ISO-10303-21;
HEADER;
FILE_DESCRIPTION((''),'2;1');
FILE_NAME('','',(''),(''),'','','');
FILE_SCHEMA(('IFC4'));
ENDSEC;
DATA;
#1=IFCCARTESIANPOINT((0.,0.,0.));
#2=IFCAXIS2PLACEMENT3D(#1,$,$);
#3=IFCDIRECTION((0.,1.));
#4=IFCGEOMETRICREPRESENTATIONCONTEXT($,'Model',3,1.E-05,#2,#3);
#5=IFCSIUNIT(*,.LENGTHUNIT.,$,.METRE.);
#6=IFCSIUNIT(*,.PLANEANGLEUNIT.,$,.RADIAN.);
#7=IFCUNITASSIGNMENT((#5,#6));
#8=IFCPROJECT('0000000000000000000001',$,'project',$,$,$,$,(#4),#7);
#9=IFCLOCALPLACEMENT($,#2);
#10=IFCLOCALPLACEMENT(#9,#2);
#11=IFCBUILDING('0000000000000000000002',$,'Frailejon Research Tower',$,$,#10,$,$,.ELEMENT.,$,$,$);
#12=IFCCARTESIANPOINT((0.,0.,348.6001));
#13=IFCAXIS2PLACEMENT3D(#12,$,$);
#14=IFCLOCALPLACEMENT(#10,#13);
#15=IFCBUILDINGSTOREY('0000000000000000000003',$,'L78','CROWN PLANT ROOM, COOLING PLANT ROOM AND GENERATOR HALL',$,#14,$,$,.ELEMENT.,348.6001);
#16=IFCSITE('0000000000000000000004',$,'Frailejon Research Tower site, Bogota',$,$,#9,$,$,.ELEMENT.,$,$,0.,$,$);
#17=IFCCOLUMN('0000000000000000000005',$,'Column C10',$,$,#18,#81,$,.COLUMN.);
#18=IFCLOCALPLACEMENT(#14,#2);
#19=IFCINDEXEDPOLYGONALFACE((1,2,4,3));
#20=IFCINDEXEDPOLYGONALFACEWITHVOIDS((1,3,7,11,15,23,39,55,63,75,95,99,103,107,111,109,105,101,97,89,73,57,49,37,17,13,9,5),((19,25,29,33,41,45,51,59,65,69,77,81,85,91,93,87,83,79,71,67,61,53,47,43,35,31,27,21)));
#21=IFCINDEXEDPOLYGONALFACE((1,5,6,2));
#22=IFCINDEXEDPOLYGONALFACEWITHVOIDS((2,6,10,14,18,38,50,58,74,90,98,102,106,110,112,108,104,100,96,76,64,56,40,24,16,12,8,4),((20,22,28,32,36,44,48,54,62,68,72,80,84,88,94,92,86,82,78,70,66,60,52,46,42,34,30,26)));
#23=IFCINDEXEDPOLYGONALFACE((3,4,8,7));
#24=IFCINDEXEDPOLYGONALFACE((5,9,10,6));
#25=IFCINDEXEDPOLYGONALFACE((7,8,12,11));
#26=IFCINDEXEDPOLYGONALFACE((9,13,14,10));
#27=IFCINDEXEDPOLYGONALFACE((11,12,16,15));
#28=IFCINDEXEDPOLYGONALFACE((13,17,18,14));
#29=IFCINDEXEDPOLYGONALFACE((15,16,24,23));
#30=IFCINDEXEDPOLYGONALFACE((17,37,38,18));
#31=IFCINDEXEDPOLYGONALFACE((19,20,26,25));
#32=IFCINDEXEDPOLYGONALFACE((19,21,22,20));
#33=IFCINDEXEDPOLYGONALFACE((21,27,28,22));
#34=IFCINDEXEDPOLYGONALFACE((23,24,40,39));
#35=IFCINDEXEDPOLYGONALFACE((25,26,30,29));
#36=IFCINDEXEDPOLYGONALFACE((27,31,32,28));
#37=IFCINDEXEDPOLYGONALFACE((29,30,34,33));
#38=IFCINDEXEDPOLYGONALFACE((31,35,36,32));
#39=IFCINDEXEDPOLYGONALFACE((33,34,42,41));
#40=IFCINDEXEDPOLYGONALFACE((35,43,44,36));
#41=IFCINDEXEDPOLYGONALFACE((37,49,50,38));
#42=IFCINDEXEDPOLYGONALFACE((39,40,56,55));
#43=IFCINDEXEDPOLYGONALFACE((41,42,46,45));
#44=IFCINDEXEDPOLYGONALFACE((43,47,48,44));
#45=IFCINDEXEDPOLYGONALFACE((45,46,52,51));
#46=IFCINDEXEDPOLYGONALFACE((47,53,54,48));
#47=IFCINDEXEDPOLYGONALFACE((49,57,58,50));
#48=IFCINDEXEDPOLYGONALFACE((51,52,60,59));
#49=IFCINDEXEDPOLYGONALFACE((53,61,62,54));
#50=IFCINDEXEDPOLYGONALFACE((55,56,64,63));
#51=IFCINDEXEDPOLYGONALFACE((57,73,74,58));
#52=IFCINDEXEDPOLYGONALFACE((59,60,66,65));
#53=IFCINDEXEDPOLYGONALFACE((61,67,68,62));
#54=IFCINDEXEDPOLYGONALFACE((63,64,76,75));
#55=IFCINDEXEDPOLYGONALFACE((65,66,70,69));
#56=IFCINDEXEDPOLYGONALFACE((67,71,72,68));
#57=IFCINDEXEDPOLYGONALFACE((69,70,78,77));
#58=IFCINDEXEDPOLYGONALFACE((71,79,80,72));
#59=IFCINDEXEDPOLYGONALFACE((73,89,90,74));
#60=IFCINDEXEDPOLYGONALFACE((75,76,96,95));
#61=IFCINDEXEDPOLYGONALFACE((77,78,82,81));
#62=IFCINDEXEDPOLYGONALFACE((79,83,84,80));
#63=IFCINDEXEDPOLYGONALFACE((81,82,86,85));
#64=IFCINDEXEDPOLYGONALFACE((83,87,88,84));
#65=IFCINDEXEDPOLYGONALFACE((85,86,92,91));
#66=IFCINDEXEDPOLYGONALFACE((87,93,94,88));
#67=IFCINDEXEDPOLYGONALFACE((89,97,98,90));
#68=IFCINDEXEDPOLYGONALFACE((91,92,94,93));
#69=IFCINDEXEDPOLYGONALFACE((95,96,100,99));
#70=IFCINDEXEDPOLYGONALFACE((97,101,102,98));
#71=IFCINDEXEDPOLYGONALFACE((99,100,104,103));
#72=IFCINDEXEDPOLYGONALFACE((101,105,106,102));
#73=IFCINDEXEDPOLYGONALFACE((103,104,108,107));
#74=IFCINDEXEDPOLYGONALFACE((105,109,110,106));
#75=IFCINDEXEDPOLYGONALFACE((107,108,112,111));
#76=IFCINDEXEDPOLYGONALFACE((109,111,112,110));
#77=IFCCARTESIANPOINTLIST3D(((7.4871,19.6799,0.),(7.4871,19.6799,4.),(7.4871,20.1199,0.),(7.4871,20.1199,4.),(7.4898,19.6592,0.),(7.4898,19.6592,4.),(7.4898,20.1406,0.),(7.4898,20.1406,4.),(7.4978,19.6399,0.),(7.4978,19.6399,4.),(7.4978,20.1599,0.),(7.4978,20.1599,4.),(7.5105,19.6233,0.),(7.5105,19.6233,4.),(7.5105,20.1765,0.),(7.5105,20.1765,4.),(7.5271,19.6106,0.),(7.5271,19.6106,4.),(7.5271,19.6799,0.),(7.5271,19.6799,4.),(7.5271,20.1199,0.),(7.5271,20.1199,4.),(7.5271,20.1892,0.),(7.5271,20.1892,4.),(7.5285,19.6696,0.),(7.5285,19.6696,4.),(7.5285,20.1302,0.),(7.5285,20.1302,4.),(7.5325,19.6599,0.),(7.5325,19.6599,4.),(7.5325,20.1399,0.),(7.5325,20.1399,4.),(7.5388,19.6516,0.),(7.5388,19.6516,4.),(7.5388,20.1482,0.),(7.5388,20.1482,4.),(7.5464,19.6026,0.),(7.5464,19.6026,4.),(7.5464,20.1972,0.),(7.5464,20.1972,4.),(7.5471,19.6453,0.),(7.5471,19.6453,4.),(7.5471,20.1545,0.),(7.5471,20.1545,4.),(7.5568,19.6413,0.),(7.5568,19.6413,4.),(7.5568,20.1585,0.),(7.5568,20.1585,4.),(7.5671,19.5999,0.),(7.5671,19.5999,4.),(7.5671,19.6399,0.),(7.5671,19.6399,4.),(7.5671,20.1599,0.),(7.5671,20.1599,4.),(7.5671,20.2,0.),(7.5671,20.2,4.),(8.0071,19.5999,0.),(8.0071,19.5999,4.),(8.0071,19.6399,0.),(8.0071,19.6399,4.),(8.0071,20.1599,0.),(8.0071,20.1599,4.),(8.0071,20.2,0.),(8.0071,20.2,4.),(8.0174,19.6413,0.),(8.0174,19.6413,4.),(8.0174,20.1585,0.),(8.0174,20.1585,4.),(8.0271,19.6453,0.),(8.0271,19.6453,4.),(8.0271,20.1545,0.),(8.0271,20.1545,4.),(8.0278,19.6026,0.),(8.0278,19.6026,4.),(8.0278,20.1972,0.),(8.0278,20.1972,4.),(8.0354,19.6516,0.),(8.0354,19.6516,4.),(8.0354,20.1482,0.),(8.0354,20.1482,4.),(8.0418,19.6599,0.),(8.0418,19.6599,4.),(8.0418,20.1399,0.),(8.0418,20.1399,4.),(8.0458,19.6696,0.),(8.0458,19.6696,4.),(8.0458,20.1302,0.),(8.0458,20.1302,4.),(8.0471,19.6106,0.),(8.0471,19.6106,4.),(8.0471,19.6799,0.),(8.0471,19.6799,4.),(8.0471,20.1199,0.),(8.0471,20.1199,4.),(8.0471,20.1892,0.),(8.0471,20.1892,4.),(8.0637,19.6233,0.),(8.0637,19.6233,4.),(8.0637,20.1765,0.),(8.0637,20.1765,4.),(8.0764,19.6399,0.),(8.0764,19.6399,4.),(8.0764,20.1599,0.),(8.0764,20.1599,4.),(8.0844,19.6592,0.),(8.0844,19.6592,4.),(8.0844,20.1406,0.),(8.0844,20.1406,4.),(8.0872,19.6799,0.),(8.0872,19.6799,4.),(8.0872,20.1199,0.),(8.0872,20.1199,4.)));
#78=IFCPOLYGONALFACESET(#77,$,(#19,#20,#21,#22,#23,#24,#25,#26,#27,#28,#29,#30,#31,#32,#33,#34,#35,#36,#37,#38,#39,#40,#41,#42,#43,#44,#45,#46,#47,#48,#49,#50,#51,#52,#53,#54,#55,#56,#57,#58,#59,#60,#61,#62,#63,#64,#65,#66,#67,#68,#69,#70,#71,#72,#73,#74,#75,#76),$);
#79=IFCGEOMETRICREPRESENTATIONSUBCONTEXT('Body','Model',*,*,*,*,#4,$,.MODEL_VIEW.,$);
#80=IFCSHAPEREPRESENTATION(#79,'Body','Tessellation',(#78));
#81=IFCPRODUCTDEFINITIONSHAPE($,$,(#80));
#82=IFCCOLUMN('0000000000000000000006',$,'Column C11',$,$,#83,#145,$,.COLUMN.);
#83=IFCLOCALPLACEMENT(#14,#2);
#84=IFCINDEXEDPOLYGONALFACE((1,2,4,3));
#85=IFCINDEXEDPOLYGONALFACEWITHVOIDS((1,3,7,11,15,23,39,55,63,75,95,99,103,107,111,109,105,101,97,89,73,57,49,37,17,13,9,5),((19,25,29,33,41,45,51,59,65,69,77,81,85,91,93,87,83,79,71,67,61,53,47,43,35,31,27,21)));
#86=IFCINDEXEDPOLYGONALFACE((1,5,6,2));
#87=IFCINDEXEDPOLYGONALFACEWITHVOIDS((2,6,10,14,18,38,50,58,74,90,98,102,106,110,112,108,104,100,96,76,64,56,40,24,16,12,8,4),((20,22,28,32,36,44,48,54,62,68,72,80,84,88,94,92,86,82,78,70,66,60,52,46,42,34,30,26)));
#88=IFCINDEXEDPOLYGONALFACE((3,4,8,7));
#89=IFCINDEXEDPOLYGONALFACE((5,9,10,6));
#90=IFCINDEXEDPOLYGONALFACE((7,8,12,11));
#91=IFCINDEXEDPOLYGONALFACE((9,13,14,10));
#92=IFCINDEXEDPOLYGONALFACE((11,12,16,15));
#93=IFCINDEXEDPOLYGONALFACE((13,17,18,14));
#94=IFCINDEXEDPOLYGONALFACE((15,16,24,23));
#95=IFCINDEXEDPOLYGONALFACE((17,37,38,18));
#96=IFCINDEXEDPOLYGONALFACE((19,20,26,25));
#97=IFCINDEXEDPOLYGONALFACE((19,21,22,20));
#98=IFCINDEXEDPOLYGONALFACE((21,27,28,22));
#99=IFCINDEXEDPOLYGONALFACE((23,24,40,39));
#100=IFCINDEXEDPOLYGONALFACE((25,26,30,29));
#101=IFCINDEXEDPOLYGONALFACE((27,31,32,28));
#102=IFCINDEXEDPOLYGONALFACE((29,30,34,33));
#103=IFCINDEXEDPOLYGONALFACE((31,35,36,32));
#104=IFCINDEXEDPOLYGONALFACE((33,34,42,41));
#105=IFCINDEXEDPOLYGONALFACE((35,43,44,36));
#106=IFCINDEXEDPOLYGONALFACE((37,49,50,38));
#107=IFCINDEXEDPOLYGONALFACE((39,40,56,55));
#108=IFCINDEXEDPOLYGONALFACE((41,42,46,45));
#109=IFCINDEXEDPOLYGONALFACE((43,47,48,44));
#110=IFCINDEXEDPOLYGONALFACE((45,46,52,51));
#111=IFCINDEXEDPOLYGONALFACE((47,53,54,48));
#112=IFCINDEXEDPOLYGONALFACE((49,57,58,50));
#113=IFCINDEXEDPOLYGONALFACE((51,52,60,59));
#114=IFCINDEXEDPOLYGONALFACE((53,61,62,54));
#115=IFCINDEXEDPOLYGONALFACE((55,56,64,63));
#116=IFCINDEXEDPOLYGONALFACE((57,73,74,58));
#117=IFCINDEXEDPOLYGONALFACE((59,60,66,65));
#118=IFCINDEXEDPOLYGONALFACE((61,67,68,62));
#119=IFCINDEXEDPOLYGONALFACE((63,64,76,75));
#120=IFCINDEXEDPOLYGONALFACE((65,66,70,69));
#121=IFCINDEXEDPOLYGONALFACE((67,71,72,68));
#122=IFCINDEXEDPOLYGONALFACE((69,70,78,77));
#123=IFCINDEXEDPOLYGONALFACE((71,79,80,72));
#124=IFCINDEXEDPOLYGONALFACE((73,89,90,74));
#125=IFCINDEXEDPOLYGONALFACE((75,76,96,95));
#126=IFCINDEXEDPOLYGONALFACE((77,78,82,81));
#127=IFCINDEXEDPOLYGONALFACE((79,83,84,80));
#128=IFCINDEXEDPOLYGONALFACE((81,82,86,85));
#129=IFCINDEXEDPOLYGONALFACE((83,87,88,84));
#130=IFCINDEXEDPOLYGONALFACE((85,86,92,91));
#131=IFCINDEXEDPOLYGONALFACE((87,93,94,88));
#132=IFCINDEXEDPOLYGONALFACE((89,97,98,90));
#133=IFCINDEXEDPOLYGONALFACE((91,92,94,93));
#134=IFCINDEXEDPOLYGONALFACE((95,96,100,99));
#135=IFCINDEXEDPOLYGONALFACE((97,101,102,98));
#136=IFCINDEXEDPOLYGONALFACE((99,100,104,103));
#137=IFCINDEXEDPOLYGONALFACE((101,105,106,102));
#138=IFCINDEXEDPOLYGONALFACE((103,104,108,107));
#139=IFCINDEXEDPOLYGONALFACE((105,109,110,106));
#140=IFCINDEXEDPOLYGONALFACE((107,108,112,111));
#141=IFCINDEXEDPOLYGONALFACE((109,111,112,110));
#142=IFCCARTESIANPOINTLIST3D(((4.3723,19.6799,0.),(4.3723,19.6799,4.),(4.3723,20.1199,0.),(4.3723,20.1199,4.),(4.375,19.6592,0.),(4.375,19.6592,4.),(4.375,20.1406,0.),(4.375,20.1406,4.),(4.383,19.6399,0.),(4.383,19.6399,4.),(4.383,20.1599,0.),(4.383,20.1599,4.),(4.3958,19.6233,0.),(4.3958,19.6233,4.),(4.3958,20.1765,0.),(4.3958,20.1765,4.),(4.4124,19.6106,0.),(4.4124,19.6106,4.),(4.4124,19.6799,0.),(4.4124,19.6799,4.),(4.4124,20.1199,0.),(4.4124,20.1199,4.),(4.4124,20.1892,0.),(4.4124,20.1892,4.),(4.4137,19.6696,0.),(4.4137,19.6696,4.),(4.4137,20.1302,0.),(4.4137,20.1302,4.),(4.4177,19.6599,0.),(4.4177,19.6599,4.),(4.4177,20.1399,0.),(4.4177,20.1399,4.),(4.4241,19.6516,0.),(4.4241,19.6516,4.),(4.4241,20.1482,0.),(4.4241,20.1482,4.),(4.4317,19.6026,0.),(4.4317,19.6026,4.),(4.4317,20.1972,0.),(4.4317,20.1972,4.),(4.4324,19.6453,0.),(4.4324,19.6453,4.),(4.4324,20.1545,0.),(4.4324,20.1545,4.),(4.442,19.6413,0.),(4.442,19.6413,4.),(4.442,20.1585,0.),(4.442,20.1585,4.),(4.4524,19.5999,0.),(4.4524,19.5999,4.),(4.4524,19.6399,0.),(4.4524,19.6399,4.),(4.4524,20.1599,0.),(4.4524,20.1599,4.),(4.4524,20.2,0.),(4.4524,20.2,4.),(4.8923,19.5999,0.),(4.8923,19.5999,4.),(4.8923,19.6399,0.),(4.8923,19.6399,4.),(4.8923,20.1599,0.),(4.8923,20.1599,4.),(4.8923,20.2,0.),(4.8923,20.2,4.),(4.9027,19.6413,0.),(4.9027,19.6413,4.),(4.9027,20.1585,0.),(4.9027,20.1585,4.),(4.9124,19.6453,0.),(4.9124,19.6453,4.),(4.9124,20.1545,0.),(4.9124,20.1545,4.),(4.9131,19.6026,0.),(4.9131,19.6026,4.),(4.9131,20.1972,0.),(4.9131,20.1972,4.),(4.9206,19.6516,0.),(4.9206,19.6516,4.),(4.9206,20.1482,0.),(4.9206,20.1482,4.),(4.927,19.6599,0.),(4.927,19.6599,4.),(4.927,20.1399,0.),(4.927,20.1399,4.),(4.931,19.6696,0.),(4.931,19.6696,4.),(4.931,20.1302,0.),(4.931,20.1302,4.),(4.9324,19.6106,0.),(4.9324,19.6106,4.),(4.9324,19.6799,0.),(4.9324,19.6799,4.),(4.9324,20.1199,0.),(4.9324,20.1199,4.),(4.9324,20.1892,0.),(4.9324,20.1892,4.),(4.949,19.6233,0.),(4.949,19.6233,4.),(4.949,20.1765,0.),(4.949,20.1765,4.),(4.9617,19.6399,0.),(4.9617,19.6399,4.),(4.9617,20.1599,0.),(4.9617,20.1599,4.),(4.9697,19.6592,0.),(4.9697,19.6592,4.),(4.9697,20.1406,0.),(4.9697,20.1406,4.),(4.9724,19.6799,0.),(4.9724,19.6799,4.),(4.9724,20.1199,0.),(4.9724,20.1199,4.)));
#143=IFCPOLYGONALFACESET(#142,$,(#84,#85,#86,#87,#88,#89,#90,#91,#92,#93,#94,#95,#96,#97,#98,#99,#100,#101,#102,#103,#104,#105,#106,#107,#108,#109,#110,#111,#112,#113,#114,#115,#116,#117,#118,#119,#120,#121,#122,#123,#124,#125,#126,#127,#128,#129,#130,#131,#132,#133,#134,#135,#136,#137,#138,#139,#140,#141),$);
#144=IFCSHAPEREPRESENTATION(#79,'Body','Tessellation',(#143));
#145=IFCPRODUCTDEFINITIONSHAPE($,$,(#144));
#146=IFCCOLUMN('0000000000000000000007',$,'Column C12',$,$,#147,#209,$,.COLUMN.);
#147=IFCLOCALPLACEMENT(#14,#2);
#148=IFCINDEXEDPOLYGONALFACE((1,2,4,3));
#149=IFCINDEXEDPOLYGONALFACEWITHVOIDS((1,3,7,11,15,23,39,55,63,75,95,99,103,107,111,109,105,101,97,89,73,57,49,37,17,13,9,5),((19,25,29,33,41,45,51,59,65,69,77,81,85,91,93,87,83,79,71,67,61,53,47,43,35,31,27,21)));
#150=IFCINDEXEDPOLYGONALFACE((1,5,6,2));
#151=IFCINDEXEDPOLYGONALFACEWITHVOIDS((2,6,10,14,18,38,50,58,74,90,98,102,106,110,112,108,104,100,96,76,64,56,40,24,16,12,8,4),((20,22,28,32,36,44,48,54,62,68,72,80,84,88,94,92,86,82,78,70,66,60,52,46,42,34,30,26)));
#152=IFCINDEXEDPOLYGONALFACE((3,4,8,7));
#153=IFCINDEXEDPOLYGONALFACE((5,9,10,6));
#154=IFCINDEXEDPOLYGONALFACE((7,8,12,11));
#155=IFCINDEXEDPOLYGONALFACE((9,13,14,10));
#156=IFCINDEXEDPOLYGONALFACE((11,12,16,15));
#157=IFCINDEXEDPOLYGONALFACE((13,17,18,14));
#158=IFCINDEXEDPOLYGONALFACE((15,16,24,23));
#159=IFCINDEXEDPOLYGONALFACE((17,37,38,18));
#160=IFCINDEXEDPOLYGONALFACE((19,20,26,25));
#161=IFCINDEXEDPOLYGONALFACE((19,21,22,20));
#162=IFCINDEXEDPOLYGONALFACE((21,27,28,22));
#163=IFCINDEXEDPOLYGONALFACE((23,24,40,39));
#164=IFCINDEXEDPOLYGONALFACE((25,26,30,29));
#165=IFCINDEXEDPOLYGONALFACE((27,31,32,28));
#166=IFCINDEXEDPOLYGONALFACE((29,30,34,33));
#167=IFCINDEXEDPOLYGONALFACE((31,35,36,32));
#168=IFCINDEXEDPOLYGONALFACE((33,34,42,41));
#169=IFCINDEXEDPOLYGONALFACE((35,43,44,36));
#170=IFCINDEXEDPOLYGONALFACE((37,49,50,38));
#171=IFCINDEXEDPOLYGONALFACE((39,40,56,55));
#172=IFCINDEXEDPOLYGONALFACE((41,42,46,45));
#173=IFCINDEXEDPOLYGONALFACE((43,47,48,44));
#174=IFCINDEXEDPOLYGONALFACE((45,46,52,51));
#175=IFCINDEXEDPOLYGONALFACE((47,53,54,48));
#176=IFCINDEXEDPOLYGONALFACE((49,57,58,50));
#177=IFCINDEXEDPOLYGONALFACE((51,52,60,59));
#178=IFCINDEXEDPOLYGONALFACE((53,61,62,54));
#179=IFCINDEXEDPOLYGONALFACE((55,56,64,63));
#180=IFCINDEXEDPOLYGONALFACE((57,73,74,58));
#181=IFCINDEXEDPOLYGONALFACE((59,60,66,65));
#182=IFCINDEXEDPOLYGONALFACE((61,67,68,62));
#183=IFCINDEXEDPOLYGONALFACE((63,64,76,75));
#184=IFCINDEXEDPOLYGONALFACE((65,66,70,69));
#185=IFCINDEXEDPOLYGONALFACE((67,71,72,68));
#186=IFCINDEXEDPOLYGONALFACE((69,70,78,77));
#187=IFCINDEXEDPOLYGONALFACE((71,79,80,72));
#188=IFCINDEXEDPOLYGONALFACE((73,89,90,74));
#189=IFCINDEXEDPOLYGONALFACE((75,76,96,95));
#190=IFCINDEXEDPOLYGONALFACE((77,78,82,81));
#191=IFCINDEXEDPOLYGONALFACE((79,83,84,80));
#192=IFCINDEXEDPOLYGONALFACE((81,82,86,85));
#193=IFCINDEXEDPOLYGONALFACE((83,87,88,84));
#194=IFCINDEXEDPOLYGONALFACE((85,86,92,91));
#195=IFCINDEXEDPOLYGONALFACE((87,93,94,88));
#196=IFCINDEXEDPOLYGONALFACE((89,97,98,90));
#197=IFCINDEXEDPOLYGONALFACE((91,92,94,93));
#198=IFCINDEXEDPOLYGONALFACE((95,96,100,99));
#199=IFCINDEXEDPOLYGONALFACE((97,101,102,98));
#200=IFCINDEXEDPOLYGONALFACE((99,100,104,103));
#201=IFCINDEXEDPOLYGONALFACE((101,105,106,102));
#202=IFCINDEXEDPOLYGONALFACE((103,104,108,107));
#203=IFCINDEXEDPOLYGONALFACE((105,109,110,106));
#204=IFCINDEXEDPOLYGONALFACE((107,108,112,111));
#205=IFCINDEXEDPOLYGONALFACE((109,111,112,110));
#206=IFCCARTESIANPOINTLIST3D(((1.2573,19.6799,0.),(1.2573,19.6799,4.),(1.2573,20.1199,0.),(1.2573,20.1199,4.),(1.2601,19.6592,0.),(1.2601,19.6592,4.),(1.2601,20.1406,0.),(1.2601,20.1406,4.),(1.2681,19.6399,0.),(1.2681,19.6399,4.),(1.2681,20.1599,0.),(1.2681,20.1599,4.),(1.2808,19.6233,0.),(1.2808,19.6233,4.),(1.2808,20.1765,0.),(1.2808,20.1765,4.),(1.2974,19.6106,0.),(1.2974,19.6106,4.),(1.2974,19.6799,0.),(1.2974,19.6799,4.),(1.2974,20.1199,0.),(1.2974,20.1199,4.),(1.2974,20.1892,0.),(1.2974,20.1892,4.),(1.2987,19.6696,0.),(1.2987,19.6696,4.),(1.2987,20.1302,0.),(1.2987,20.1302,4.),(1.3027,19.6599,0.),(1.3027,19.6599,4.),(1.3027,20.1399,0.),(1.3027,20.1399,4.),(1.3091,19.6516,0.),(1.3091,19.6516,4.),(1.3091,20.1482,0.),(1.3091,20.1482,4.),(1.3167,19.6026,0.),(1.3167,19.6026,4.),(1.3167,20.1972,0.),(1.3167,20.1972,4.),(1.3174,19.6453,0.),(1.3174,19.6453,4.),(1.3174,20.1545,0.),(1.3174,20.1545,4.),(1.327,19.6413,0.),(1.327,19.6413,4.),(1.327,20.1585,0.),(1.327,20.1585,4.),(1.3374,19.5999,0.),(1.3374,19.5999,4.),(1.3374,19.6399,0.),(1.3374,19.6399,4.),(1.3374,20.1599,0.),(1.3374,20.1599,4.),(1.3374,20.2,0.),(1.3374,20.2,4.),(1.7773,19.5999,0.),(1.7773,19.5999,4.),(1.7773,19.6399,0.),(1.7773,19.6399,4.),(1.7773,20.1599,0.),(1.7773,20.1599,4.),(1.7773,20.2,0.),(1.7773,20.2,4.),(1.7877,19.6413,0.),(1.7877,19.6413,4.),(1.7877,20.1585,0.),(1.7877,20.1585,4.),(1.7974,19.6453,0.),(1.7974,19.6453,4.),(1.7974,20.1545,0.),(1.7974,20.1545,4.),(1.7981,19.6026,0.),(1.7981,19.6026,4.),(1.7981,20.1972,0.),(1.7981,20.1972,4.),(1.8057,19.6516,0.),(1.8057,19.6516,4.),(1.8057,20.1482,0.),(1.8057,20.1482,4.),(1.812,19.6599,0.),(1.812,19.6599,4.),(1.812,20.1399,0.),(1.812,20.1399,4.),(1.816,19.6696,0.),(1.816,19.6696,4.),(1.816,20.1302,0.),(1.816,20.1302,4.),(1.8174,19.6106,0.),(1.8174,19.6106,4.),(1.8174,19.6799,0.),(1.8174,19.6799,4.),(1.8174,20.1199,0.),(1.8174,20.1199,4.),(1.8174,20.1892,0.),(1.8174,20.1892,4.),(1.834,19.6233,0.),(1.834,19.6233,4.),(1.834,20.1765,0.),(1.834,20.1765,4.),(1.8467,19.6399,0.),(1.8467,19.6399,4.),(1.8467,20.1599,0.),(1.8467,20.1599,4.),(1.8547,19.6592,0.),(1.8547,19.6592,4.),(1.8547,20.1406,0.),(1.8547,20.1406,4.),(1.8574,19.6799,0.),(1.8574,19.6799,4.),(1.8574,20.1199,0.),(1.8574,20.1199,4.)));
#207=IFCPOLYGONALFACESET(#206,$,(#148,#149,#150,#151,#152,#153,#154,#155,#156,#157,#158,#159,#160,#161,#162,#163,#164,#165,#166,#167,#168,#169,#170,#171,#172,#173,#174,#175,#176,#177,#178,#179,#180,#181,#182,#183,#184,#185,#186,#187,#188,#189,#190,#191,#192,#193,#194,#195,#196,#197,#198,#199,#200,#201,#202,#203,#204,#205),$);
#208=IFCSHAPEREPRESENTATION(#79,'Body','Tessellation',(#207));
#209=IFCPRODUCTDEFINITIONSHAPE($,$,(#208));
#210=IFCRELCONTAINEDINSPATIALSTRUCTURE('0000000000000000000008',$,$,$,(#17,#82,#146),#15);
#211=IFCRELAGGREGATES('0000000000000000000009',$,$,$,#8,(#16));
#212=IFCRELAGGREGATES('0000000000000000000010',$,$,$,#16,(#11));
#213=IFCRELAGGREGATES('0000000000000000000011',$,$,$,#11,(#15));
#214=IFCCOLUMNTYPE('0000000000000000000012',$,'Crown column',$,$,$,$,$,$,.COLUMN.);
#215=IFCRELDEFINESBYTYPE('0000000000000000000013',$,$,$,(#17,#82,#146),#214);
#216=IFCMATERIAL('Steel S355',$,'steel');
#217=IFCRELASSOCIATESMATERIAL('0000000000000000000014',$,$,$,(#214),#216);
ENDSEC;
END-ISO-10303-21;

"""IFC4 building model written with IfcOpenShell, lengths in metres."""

from ifc_helpers import new_model, si_unit, direction, frame, origin, origin_2d, place, context, subcontext, project, spatial, hollow_rectangle, extrude, material, material_profile, profile_set, type_object, element, save


model = new_model("IFC4")

# Units and contexts
model_context = context("Model", 3, precision=1e-05, world=origin(), true_north=direction((0.0, 1.0)))
body_context = subcontext(model_context, "Body", "Model", "MODEL_VIEW")
ifc_project = project(units=[si_unit("LENGTHUNIT", "METRE"), si_unit("PLANEANGLEUNIT", "RADIAN")], contexts=[model_context])

# Site, building, storey
site_placement = place(None, origin())
site = spatial("IfcSite", under=ifc_project, at=site_placement, Name="Frailejon Research Tower site, Bogota", CompositionType="ELEMENT", RefElevation=0.0)
building_placement = place(site_placement, origin())
building = spatial("IfcBuilding", under=site, at=building_placement, Name="Frailejon Research Tower", CompositionType="ELEMENT")
storey_placement = place(building_placement, frame((0.0, 0.0, 348.6001)))
storey = spatial("IfcBuildingStorey", under=building, at=storey_placement, Name="L78", Description="CROWN PLANT ROOM, COOLING PLANT ROOM AND GENERATOR HALL", CompositionType="ELEMENT", Elevation=348.6001)

# Columns
ifc_material_1 = material(Name="Steel S355", Category="steel")
ifc_material_profile_1 = material_profile(ifc_material_1, hollow_rectangle(XDim=0.6001, YDim=0.6001, WallThickness=0.04, InnerFilletRadius=0.04, OuterFilletRadius=0.0801, at=origin_2d()), Name="Crown column")
ifc_profile_set_1 = profile_set([ifc_material_profile_1], Name="Steel S355")
column_type = type_object("IfcColumnType", Name="Crown column", PredefinedType="COLUMN", material=ifc_profile_set_1)
for number, where, z_axis, x_axis, name in (
    (1, (7.7871, 19.8999, 0.0), (0.0, 0.0, 1.0), (-1.0, 0.0, 0.0), "Column C10"),
    (2, (4.6724, 19.8999, 0.0), (0.0, 0.0, 1.0), (-1.0, 0.0, 0.0), "Column C11"),
    (3, (1.5574, 19.8999, 0.0), (0.0, 0.0, 1.0), (-1.0, 0.0, 0.0), "Column C12"),
):
    element("IfcColumn", number, at=place(storey_placement, frame(where, z_axis=z_axis, x_axis=x_axis)), inside=storey, type_object=column_type, Name=name, PredefinedType="COLUMN", context=body_context, shape_type="SweptSolid", body=[
        extrude(hollow_rectangle(XDim=0.6001, YDim=0.6001, WallThickness=0.04, InnerFilletRadius=0.04, OuterFilletRadius=0.0801, at=origin_2d()), origin(), (0.0, 0.0, 1.0), 4.0),
    ])

save(model, "model.ifc")
